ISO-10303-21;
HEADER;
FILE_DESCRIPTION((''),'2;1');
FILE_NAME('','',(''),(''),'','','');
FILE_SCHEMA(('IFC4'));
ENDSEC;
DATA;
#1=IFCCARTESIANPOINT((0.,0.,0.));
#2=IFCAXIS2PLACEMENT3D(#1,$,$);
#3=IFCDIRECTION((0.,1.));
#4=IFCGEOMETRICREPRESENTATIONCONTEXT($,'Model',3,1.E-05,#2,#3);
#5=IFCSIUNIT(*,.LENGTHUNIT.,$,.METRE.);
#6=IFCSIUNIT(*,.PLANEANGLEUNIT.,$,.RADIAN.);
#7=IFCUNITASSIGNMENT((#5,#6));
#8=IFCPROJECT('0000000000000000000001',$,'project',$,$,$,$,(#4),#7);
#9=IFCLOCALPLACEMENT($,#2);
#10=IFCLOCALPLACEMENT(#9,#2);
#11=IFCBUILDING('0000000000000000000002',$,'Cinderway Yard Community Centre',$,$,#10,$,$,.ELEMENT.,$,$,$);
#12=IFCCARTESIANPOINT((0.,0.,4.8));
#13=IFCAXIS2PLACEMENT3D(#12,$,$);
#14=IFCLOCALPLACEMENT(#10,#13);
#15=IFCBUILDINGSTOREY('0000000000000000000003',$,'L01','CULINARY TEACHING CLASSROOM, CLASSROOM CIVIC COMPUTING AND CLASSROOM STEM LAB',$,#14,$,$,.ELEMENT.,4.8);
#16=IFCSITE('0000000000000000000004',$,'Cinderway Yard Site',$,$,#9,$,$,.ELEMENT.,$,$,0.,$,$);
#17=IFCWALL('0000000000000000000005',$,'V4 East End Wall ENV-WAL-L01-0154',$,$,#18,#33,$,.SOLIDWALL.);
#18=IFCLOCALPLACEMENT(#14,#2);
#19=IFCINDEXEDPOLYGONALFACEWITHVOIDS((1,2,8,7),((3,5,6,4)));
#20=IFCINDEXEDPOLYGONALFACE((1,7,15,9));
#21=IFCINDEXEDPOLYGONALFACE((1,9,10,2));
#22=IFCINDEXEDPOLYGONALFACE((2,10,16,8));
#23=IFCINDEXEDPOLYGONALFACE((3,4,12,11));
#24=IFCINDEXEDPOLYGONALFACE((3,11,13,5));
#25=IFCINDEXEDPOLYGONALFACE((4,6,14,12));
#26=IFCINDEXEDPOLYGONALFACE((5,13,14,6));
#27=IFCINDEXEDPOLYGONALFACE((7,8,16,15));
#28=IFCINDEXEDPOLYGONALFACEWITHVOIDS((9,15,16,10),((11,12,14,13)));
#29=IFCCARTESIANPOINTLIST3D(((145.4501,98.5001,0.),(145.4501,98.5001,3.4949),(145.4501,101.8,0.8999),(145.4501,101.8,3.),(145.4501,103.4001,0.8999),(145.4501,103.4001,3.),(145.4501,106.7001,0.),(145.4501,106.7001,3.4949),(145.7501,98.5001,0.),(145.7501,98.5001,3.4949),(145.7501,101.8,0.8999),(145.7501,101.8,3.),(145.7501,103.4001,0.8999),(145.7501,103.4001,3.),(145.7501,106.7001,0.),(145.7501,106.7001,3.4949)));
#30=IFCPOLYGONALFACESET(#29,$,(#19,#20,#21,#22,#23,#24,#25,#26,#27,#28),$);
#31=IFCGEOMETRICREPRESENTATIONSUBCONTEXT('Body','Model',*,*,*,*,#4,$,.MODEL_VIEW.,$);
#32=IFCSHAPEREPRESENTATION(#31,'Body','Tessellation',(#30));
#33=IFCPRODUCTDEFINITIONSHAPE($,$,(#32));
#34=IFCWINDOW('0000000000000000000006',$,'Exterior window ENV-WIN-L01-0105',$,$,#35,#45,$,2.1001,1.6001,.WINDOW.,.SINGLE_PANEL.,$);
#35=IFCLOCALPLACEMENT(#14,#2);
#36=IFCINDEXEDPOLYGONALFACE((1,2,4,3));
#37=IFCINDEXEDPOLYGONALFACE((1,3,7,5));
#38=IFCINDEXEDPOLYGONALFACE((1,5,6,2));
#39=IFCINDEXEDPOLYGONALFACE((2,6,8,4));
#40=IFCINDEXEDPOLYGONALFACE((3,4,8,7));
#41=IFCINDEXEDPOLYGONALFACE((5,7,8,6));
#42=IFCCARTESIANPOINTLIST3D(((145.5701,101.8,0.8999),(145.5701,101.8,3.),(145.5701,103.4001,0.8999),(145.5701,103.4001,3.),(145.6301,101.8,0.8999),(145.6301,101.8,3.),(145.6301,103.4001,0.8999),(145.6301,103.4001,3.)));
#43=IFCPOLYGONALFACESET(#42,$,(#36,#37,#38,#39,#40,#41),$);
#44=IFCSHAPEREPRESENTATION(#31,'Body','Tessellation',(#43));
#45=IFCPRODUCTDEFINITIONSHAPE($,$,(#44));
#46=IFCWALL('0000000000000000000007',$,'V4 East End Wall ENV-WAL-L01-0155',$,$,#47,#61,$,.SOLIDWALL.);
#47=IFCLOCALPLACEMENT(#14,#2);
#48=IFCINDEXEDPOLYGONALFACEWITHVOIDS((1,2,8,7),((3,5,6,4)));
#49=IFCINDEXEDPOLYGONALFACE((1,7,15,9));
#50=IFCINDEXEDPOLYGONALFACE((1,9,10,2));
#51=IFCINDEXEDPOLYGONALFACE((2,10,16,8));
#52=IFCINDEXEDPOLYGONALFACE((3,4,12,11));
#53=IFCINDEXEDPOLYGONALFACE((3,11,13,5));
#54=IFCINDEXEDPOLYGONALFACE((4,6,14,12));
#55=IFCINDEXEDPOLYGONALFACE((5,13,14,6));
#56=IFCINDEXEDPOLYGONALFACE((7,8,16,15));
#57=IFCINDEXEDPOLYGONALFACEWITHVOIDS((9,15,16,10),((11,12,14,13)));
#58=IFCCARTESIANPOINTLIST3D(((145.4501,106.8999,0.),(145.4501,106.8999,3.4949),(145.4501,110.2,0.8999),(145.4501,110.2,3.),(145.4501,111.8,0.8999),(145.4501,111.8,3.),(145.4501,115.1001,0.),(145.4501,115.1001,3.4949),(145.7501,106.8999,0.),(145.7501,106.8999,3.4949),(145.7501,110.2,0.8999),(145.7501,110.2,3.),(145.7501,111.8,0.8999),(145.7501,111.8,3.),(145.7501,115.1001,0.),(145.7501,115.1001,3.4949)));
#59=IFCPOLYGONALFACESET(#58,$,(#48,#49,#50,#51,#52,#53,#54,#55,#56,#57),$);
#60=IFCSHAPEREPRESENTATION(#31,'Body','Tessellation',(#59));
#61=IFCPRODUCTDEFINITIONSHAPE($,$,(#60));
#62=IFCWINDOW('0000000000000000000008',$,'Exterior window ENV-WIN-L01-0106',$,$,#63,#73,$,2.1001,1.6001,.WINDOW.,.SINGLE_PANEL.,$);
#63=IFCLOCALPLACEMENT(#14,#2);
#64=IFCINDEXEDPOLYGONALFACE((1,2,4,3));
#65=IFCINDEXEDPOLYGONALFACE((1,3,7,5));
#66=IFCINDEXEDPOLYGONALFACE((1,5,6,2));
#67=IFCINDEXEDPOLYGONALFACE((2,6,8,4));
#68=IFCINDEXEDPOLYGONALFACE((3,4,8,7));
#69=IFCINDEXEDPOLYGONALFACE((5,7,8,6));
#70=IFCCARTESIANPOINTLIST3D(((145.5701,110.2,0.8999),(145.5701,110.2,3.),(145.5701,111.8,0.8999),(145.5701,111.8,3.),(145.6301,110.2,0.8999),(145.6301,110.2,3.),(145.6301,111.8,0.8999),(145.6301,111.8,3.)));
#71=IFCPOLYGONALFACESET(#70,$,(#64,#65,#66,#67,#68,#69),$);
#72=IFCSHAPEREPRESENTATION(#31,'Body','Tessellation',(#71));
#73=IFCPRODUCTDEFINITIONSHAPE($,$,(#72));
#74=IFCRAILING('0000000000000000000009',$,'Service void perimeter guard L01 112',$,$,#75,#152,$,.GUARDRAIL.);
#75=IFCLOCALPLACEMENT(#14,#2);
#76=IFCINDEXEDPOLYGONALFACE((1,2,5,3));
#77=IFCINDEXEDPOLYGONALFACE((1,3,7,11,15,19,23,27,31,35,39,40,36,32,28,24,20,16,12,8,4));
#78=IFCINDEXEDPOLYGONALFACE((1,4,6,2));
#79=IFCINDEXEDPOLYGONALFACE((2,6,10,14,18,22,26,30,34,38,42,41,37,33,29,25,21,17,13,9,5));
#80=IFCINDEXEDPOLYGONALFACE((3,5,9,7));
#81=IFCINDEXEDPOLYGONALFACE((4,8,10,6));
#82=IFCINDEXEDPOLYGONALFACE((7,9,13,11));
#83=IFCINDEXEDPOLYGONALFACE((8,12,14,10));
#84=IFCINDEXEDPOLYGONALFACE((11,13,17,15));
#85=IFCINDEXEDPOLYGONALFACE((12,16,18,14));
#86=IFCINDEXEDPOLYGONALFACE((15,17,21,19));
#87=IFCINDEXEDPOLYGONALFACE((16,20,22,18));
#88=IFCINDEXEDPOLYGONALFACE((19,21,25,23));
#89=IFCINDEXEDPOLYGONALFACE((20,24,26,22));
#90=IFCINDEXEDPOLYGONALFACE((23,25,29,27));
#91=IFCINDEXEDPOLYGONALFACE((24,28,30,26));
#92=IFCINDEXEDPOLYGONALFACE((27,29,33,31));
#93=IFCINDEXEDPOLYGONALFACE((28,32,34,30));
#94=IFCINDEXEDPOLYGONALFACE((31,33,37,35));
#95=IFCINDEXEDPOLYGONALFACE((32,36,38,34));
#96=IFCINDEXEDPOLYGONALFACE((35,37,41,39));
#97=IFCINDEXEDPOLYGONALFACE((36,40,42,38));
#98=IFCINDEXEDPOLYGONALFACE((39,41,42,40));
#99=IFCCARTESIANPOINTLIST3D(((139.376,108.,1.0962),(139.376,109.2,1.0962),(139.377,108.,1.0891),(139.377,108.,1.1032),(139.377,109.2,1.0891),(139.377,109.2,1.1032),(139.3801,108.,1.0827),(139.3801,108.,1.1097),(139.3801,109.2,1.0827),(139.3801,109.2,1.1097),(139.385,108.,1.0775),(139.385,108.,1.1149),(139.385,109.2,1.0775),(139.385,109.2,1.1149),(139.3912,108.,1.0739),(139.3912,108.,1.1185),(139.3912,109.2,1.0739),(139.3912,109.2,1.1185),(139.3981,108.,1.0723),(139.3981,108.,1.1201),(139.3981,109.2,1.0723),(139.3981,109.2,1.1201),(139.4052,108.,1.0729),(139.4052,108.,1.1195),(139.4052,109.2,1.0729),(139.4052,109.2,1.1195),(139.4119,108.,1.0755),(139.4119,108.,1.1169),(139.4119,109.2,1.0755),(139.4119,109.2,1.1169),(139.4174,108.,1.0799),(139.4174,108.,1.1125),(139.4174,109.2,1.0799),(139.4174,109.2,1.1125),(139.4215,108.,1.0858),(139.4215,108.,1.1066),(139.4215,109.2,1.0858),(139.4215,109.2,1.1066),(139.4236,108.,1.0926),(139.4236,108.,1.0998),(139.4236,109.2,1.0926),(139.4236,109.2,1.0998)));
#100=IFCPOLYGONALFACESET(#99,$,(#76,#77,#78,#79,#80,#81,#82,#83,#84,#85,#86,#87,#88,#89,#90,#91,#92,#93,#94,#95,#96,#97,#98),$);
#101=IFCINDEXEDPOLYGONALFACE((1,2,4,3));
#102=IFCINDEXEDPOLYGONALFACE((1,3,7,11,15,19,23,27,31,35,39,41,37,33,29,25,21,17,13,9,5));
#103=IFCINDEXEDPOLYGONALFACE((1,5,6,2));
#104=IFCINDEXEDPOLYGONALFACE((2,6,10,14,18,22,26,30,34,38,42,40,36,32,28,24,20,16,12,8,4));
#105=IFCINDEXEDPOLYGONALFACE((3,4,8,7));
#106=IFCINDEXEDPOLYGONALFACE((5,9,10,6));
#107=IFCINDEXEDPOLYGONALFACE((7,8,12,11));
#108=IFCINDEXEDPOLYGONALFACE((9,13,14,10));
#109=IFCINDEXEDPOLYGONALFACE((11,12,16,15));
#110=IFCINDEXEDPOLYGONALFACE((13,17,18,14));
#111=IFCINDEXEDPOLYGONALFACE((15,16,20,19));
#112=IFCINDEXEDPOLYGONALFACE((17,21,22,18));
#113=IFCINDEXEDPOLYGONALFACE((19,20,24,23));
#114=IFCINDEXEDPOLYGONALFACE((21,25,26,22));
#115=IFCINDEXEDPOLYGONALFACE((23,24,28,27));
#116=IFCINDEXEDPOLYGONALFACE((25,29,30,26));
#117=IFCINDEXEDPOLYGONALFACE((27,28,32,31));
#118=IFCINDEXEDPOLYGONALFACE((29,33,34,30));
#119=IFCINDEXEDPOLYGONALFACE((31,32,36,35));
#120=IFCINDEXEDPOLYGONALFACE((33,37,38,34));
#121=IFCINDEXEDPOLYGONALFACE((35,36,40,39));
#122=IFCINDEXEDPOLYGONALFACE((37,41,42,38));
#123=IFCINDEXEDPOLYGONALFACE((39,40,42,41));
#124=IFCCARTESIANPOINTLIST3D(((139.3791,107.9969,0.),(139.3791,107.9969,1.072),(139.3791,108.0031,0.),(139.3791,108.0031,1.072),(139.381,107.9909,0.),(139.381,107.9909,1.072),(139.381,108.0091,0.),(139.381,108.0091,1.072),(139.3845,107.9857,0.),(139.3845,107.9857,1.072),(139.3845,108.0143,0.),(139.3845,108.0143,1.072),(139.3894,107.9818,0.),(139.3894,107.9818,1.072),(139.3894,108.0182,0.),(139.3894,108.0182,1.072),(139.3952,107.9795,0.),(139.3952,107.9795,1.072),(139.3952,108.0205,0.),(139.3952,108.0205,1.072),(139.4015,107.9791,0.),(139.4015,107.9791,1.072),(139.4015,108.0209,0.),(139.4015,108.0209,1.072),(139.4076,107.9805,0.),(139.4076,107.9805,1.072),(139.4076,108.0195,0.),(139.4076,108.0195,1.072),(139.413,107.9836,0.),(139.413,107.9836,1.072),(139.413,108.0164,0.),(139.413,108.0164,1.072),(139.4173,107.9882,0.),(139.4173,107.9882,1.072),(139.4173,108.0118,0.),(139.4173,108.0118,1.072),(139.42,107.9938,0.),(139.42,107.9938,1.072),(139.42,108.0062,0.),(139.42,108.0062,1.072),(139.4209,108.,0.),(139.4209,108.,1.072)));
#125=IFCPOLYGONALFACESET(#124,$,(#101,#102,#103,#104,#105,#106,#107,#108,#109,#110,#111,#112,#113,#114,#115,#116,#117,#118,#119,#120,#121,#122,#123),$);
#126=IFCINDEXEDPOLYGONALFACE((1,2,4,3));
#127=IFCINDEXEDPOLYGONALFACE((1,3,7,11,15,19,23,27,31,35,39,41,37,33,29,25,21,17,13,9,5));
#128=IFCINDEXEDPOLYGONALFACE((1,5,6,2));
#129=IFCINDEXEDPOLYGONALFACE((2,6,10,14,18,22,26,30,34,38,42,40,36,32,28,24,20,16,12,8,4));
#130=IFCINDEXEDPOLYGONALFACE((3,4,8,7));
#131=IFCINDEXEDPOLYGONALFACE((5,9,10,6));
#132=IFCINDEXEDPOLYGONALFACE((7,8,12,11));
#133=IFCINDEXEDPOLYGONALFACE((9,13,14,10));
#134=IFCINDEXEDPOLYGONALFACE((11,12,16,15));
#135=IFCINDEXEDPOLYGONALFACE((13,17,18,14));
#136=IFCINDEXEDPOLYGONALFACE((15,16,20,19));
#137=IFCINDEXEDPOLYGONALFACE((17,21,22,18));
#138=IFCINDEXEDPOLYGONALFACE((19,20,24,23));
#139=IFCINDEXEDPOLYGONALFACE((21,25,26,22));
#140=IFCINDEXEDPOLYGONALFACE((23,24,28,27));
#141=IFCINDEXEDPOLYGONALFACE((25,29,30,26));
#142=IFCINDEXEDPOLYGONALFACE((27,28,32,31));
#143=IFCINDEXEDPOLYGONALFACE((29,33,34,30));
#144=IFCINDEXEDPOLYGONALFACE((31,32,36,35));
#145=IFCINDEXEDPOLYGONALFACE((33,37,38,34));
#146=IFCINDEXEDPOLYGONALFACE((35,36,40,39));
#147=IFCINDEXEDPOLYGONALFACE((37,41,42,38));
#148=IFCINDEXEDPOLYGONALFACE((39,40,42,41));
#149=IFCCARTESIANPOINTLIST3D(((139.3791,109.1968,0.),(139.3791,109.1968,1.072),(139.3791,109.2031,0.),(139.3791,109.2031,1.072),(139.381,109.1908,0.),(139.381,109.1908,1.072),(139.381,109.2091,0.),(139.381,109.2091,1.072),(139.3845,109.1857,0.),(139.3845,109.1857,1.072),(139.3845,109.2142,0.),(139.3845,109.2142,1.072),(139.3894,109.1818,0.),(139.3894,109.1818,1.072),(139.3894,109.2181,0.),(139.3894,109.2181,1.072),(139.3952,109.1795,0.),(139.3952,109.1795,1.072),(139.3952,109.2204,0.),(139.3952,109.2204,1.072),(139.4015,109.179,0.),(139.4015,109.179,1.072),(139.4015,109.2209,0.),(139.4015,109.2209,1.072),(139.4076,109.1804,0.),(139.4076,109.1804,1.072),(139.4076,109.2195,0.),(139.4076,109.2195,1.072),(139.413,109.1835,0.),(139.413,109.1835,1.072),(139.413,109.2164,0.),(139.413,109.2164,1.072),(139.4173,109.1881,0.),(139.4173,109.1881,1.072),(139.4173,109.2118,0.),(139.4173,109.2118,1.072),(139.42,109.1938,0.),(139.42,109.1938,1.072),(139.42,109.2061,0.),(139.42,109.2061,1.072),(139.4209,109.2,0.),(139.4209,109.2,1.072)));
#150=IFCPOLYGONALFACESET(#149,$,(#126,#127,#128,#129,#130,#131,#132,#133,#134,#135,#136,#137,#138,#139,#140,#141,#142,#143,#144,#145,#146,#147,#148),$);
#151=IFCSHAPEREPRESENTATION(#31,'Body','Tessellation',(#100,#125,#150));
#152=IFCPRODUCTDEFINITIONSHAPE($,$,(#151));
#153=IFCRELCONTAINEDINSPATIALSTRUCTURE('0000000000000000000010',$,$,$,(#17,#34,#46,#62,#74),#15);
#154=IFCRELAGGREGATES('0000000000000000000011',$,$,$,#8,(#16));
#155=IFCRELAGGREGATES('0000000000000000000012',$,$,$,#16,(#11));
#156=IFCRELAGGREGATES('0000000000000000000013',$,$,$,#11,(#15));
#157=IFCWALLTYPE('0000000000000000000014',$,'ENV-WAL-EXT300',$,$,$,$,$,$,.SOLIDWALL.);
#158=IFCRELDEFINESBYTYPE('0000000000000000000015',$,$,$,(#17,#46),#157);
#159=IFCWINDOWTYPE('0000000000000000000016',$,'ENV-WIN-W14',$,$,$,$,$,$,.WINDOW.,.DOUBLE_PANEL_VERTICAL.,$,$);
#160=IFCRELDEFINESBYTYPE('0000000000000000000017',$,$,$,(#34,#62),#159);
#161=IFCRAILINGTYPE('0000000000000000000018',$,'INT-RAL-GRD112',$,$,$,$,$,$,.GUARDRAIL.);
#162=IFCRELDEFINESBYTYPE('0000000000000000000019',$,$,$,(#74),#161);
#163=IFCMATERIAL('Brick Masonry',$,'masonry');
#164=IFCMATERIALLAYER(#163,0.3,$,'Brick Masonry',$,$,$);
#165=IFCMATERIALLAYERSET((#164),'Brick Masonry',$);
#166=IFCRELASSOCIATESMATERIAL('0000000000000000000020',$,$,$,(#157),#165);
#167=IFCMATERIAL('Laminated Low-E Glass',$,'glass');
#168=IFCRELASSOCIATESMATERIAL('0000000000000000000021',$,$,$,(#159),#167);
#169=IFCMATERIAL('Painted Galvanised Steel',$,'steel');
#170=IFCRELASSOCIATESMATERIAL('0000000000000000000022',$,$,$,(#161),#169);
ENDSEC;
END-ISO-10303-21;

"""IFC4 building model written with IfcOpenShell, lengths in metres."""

from ifc_helpers import new_model, si_unit, direction, frame, frame_2d, origin, origin_2d, place, context, subcontext, project, spatial, rectangle, circle, extrude, material, layer, layer_set, type_object, element, fill, save


model = new_model("IFC4")

# Units and contexts
model_context = context("Model", 3, precision=1e-05, world=origin(), true_north=direction((0.0, 1.0)))
body_context = subcontext(model_context, "Body", "Model", "MODEL_VIEW")
ifc_project = project(units=[si_unit("LENGTHUNIT", "METRE"), si_unit("PLANEANGLEUNIT", "RADIAN")], contexts=[model_context])

# Site, building, storey
site_placement = place(None, origin())
site = spatial("IfcSite", under=ifc_project, at=site_placement, Name="Cinderway Yard Site", CompositionType="ELEMENT", RefElevation=0.0)
building_placement = place(site_placement, origin())
building = spatial("IfcBuilding", under=site, at=building_placement, Name="Cinderway Yard Community Centre", CompositionType="ELEMENT")
storey_placement = place(building_placement, frame((0.0, 0.0, 4.8)))
storey = spatial("IfcBuildingStorey", under=building, at=storey_placement, Name="L01", Description="CULINARY TEACHING CLASSROOM, CLASSROOM CIVIC COMPUTING AND CLASSROOM STEM LAB", CompositionType="ELEMENT", Elevation=4.8)

# Shared definitions
ifc_material_1 = material(Name="Laminated Low-E Glass", Category="glass")

# Walls, openings, windows
ifc_material_2 = material(Name="Brick Masonry", Category="masonry")
ifc_layer_1 = layer(ifc_material_2, 0.3, Name="Brick Masonry")
ifc_layer_set_1 = layer_set([ifc_layer_1], Name="Brick Masonry")
wall_type = type_object("IfcWallType", Name="ENV-WAL-EXT300", PredefinedType="SOLIDWALL", material=ifc_layer_set_1)
wall_1_placement = place(storey_placement, frame((145.6001, 98.5, 0.0), z_axis=(0.0, 0.0, 1.0), x_axis=(0.0, 1.0, 0.0)))
wall_1 = element("IfcWall", 1, at=wall_1_placement, inside=storey, type_object=wall_type, Name="V4 East End Wall ENV-WAL-L01-0154", PredefinedType="SOLIDWALL", context=body_context, shape_type="SweptSolid", body=[
    extrude(rectangle(XDim=8.2, YDim=0.3, at=frame_2d((4.1001, 0.0))), origin(), (0.0, 0.0, 1.0), 3.4949),
])
opening_1_placement = place(wall_1_placement, frame((3.3, 0.0, 0.8999)))
opening_1 = element("IfcOpeningElement", 2, at=opening_1_placement, cuts=wall_1, PredefinedType="OPENING", context=body_context, shape_type="SweptSolid", body=[
    extrude(rectangle(XDim=1.6001, YDim=2.1001, at=frame_2d((0.8, 1.05))), frame((0.0, 0.1599, 0.0), z_axis=(0.0, -1.0, 0.0), x_axis=(1.0, 0.0, 0.0)), (0.0, 0.0, 1.0), 0.3201),
])
window_type = type_object("IfcWindowType", Name="ENV-WIN-W14", PartitioningType="DOUBLE_PANEL_VERTICAL", PredefinedType="WINDOW", material=ifc_material_1)
window_1_placement = place(opening_1_placement, origin())
window_1 = element("IfcWindow", 3, at=window_1_placement, inside=storey, type_object=window_type, Name="Exterior window ENV-WIN-L01-0105", OverallHeight=2.1001, OverallWidth=1.6001, PartitioningType="SINGLE_PANEL", PredefinedType="WINDOW", context=body_context, shape_type="SweptSolid", body=[
    extrude(rectangle(XDim=1.6001, YDim=2.1001, at=frame_2d((0.8, 1.05))), frame((0.0, 0.03, 0.0), z_axis=(0.0, -1.0, 0.0), x_axis=(1.0, 0.0, 0.0)), (0.0, 0.0, 1.0), 0.0601),
])
fill(opening_1, window_1)
wall_2_placement = place(storey_placement, frame((145.6001, 106.8999, 0.0), z_axis=(0.0, 0.0, 1.0), x_axis=(0.0, 1.0, 0.0)))
wall_2 = element("IfcWall", 4, at=wall_2_placement, inside=storey, type_object=wall_type, Name="V4 East End Wall ENV-WAL-L01-0155", PredefinedType="SOLIDWALL", context=body_context, shape_type="SweptSolid", body=[
    extrude(rectangle(XDim=8.2002, YDim=0.3, at=frame_2d((4.1001, 0.0))), origin(), (0.0, 0.0, 1.0), 3.4949),
])
opening_2_placement = place(wall_2_placement, frame((3.3, 0.0, 0.8999)))
opening_2 = element("IfcOpeningElement", 5, at=opening_2_placement, cuts=wall_2, PredefinedType="OPENING", context=body_context, shape_type="SweptSolid", body=[
    extrude(rectangle(XDim=1.6001, YDim=2.1001, at=frame_2d((0.8, 1.05))), frame((0.0, 0.1599, 0.0), z_axis=(0.0, -1.0, 0.0), x_axis=(1.0, 0.0, 0.0)), (0.0, 0.0, 1.0), 0.3201),
])
window_2_placement = place(opening_2_placement, origin())
window_2 = element("IfcWindow", 6, at=window_2_placement, inside=storey, type_object=window_type, Name="Exterior window ENV-WIN-L01-0106", OverallHeight=2.1001, OverallWidth=1.6001, PartitioningType="SINGLE_PANEL", PredefinedType="WINDOW", context=body_context, shape_type="SweptSolid", body=[
    extrude(rectangle(XDim=1.6001, YDim=2.1001, at=frame_2d((0.8, 1.05))), frame((0.0, 0.03, 0.0), z_axis=(0.0, -1.0, 0.0), x_axis=(1.0, 0.0, 0.0)), (0.0, 0.0, 1.0), 0.0601),
])
fill(opening_2, window_2)

# Railing
ifc_material_3 = material(Name="Painted Galvanised Steel", Category="steel")
railing_type = type_object("IfcRailingType", Name="INT-RAL-GRD112", PredefinedType="GUARDRAIL", material=ifc_material_3)
railing_1_placement = place(storey_placement, frame((139.3999, 108.0, 0.0)))
element("IfcRailing", 7, at=railing_1_placement, inside=storey, type_object=railing_type, Name="Service void perimeter guard L01 112", PredefinedType="GUARDRAIL", context=body_context, shape_type="SweptSolid", body=[
    extrude(circle(Radius=0.0239, at=origin_2d()), frame((0.0, 0.0, 1.0962), z_axis=(0.0, 1.0, 0.0), x_axis=(-1.0, 0.0, 0.0)), (0.0, 0.0, 1.0), 1.2),
    extrude(circle(Radius=0.021, at=origin_2d()), origin(), (0.0, 0.0, 1.0), 1.072),
    extrude(circle(Radius=0.021, at=origin_2d()), frame((0.0, 1.2, 0.0)), (0.0, 0.0, 1.0), 1.072),
])

save(model, "model.ifc")
